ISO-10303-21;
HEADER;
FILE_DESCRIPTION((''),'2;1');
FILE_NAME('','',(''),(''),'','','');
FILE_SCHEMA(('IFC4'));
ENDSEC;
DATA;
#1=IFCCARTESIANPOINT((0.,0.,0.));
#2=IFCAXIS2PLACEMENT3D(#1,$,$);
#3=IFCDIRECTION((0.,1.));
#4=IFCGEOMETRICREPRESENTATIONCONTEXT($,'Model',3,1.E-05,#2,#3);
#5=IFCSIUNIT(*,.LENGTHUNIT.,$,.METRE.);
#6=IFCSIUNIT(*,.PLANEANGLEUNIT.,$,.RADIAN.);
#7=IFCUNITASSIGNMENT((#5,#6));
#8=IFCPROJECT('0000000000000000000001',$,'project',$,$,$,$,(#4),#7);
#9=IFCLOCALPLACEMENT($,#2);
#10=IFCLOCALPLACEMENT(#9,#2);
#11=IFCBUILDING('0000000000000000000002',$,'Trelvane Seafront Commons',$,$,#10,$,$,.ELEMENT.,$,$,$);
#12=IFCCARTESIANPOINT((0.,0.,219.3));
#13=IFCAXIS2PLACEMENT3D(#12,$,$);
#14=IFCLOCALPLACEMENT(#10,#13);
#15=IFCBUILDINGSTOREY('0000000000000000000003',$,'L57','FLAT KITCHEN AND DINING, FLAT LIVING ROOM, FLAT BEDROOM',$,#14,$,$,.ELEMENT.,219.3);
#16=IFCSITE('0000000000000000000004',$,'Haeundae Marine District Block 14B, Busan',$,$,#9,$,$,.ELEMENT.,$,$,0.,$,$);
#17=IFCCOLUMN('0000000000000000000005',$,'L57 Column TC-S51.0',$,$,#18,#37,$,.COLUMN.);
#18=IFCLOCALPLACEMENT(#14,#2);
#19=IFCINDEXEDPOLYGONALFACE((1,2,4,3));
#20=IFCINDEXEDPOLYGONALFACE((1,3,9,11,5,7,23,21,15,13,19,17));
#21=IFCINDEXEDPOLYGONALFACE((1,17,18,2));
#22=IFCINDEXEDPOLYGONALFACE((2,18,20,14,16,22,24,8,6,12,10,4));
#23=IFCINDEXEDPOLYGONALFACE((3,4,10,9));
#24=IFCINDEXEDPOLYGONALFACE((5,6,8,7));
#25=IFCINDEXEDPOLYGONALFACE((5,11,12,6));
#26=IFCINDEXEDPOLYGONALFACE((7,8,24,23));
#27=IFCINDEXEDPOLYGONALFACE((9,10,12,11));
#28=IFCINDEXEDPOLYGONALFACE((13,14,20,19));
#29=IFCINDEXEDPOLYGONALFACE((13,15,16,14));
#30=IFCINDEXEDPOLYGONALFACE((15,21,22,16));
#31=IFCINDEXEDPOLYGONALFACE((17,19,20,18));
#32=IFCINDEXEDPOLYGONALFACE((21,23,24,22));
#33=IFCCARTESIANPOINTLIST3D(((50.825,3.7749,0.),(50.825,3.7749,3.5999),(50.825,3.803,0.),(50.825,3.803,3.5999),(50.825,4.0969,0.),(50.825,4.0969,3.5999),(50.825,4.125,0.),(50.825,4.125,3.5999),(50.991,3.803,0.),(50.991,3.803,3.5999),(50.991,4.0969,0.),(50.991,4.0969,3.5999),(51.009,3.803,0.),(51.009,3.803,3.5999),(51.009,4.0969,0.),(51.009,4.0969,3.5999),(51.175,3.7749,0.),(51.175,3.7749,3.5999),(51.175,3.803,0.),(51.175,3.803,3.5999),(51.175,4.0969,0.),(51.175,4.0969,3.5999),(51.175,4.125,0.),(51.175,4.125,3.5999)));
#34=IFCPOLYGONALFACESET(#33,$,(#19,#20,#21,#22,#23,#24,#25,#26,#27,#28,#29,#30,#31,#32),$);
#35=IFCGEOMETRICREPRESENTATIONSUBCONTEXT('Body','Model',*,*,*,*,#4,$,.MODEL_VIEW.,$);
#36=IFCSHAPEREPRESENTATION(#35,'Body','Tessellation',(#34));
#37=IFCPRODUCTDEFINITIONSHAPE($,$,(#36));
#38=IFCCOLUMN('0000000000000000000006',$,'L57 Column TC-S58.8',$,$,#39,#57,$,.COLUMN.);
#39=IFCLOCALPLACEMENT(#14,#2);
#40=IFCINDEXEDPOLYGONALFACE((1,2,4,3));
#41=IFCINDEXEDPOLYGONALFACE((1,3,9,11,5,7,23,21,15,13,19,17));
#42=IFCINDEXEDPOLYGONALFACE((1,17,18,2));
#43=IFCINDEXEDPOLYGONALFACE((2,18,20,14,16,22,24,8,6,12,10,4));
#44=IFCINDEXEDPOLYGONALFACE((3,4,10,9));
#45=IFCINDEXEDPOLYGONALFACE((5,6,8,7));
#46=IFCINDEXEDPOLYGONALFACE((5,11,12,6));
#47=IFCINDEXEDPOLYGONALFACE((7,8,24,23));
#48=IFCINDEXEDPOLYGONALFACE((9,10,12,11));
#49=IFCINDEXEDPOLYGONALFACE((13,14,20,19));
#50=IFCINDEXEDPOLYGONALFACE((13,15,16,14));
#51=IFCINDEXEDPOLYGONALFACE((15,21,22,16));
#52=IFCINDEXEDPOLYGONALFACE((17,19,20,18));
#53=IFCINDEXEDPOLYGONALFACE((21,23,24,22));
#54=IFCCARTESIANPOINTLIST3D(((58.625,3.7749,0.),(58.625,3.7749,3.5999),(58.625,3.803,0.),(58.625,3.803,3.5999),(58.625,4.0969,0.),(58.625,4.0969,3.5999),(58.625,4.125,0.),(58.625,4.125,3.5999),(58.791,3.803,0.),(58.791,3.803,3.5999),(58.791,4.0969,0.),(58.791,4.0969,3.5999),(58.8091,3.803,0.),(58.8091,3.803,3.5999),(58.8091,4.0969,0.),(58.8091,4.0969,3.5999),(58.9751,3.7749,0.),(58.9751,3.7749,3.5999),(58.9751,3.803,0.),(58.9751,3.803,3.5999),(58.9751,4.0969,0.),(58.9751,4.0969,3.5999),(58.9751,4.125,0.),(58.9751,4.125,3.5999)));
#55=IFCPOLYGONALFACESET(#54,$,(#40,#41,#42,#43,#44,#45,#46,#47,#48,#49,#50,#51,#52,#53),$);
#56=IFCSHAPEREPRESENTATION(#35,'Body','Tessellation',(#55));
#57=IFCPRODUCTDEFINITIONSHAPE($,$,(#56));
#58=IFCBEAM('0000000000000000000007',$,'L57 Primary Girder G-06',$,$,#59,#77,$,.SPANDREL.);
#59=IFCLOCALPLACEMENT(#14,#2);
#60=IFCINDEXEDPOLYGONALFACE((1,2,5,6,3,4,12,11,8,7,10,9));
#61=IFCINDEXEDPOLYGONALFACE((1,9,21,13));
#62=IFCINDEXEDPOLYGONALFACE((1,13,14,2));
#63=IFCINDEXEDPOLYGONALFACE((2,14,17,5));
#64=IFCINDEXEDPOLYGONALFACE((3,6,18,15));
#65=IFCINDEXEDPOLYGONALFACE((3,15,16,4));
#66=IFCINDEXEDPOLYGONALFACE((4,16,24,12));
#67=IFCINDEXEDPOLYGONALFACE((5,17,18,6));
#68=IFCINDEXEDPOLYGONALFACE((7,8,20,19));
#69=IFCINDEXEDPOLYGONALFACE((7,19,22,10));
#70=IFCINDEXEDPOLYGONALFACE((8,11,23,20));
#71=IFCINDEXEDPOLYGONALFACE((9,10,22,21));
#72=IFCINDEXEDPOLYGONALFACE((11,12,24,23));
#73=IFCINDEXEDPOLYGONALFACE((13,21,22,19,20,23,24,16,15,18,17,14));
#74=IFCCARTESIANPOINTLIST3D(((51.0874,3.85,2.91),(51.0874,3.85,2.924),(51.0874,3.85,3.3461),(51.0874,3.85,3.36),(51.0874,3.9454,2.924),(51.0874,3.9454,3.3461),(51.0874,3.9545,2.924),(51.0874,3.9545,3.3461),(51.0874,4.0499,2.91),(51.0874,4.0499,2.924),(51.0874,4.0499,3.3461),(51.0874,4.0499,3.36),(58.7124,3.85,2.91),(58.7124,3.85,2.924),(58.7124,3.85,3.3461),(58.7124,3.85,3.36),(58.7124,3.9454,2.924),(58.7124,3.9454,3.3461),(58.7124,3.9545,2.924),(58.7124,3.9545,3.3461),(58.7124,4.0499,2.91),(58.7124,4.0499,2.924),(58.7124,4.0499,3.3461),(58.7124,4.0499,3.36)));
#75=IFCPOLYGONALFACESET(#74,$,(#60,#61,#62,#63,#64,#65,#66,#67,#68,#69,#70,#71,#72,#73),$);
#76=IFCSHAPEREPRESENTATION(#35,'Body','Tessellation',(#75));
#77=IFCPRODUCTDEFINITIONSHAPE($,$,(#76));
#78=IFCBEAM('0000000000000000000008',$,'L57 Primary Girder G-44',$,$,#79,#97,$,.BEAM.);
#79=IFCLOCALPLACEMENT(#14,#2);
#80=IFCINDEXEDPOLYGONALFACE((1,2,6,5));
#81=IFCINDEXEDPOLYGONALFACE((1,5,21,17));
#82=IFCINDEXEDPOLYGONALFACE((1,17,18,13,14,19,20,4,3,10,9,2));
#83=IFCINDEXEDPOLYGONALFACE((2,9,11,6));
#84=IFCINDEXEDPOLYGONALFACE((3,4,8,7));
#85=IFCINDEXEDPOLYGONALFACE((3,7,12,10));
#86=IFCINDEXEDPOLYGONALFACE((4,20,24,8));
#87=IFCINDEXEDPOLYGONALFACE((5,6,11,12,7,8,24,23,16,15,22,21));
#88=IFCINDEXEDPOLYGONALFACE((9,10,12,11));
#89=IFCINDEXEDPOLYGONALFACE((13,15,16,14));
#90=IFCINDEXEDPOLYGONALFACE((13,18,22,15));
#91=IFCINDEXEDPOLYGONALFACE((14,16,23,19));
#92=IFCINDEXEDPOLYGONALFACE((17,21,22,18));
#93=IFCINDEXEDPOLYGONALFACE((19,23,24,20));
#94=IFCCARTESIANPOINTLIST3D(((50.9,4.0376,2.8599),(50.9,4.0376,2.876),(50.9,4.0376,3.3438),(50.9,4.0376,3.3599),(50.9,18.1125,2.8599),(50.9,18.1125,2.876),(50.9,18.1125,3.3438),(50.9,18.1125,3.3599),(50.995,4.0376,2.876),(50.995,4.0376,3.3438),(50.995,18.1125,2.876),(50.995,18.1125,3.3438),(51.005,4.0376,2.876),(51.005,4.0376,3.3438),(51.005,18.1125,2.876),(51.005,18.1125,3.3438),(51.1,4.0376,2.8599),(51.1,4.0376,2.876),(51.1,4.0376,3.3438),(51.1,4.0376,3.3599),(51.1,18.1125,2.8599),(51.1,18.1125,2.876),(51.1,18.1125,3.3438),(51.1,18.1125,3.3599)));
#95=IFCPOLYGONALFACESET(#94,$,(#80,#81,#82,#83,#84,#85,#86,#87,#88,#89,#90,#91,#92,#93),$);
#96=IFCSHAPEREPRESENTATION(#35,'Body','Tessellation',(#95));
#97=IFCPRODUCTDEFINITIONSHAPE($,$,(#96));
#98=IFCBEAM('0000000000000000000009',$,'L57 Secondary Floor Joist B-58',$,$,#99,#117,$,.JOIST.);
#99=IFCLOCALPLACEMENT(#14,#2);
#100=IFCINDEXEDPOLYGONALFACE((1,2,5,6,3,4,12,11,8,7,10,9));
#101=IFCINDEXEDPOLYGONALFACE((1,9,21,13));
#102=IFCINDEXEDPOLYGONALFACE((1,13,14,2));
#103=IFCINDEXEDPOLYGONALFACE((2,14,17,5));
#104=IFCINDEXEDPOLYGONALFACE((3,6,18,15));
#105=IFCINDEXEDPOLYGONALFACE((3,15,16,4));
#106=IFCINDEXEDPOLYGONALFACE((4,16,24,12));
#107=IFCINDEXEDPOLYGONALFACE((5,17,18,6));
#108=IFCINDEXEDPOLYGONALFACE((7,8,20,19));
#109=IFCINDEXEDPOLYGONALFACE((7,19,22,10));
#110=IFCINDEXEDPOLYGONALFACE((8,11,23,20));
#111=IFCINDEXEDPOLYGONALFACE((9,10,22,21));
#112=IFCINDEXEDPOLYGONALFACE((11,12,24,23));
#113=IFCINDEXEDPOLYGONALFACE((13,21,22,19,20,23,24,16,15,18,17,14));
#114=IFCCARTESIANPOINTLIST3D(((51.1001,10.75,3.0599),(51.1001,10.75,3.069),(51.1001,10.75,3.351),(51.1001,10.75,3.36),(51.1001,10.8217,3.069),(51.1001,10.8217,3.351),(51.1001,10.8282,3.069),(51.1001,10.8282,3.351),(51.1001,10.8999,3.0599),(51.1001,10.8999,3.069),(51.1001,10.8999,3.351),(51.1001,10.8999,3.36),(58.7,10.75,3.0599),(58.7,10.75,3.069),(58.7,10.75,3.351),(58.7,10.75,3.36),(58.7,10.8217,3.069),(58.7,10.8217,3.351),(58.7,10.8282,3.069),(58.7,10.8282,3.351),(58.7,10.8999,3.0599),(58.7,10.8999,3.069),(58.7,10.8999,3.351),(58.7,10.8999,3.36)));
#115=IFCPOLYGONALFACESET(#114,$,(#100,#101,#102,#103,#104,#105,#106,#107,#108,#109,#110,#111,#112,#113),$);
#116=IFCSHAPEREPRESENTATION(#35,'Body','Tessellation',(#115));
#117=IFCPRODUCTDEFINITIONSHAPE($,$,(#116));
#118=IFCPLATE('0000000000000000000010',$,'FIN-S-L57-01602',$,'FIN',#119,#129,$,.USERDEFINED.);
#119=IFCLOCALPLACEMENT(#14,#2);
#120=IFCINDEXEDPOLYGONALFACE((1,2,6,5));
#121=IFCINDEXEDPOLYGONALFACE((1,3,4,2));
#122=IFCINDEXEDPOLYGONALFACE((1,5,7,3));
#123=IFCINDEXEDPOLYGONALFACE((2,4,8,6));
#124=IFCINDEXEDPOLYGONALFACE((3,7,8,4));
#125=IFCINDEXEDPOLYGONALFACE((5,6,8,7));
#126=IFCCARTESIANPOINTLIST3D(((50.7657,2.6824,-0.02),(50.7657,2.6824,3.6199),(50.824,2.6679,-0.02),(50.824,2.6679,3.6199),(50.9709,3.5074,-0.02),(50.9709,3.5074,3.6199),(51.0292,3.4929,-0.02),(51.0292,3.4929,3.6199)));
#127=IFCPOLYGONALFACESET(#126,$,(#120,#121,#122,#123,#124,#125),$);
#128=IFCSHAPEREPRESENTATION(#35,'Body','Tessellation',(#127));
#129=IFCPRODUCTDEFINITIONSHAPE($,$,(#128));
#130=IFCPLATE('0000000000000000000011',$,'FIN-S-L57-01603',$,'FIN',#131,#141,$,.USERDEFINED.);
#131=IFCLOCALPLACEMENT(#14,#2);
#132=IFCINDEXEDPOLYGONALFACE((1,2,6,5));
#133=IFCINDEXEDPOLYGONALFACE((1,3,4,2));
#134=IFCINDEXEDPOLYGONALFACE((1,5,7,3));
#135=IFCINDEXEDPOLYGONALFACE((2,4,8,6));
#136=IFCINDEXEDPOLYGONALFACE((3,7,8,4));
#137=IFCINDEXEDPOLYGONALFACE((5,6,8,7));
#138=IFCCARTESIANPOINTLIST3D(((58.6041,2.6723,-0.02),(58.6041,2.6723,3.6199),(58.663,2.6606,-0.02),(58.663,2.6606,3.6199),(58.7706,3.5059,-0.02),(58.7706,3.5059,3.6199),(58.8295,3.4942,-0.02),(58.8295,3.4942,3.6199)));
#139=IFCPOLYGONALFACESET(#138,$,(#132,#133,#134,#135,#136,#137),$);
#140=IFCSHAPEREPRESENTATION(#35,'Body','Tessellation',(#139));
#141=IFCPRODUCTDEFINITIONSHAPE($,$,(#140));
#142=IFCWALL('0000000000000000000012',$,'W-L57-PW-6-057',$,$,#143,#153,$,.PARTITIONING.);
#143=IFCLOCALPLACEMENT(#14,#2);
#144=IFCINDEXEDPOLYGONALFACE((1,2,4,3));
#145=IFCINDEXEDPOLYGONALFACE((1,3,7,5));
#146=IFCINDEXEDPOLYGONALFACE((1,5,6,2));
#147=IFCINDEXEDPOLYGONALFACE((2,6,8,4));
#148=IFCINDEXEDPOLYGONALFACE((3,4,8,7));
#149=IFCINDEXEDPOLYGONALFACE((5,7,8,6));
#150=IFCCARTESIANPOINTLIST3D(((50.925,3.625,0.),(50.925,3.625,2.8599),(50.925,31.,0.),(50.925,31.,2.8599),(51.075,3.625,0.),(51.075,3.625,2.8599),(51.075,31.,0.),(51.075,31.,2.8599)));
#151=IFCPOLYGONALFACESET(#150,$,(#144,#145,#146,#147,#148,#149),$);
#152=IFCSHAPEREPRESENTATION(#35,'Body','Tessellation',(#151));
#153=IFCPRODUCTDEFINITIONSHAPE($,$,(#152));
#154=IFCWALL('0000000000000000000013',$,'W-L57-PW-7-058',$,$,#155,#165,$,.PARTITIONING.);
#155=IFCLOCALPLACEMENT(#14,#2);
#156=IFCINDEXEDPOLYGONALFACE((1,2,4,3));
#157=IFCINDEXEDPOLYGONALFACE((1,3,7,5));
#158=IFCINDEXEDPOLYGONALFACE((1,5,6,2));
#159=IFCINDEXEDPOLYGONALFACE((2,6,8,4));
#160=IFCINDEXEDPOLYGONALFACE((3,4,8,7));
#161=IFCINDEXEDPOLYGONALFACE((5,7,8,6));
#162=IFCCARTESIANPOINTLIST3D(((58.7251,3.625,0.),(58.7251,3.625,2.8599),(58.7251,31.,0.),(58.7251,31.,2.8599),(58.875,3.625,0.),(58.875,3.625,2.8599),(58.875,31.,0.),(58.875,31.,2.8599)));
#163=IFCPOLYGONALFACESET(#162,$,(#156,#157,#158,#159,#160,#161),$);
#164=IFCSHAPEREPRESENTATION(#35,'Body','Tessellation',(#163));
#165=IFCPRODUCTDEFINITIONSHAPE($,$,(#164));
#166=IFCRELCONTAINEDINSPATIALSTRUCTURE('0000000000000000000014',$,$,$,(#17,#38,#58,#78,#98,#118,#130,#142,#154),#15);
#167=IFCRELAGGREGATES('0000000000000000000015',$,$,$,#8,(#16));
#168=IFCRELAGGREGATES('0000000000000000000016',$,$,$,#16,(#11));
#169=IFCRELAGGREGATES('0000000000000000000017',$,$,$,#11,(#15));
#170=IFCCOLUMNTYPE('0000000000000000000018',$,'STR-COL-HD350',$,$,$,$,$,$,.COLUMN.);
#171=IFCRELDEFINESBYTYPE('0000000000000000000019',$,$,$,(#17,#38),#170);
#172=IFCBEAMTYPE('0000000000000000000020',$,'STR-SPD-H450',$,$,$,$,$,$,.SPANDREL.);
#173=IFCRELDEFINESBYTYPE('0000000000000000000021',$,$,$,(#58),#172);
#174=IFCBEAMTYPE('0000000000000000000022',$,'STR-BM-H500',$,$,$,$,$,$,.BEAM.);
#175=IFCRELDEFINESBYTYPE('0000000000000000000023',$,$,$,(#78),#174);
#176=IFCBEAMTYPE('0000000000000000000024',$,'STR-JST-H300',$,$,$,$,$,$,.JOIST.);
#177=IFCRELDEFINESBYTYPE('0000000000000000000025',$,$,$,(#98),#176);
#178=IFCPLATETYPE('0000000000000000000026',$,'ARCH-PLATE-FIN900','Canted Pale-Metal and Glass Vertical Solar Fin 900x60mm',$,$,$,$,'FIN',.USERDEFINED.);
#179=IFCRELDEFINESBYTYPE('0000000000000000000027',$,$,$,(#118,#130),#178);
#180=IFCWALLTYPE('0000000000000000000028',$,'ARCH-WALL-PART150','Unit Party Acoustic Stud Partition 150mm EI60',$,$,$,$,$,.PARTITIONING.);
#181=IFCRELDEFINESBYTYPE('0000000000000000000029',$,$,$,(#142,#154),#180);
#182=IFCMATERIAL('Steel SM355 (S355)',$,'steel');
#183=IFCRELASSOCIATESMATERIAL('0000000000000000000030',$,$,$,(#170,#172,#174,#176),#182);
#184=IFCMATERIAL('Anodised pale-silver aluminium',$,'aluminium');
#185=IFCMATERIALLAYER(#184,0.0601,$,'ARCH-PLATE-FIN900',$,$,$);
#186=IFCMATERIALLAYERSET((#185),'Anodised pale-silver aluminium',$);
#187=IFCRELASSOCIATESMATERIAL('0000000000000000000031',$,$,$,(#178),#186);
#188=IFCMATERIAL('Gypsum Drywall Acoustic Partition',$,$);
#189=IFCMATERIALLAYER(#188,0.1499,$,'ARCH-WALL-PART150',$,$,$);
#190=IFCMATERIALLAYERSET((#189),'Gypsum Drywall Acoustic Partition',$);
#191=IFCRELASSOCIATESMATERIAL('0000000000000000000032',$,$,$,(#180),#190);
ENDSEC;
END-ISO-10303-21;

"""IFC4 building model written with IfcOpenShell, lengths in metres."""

from ifc_helpers import new_model, si_unit, direction, frame, frame_2d, origin, origin_2d, place, context, subcontext, project, spatial, rectangle, i_section, extrude, source, transform, mapped, material, layer, layer_set, material_profile, profile_set, type_object, element, save


model = new_model("IFC4")

# Units and contexts
model_context = context("Model", 3, precision=1e-05, world=origin(), true_north=direction((0.0, 1.0)))
body_context = subcontext(model_context, "Body", "Model", "MODEL_VIEW")
ifc_project = project(units=[si_unit("LENGTHUNIT", "METRE"), si_unit("PLANEANGLEUNIT", "RADIAN")], contexts=[model_context])

# Site, building, storey
site_placement = place(None, origin())
site = spatial("IfcSite", under=ifc_project, at=site_placement, Name="Haeundae Marine District Block 14B, Busan", CompositionType="ELEMENT", RefElevation=0.0)
building_placement = place(site_placement, origin())
building = spatial("IfcBuilding", under=site, at=building_placement, Name="Trelvane Seafront Commons", CompositionType="ELEMENT")
storey_placement = place(building_placement, frame((0.0, 0.0, 219.3)))
storey = spatial("IfcBuildingStorey", under=building, at=storey_placement, Name="L57", Description="FLAT KITCHEN AND DINING, FLAT LIVING ROOM, FLAT BEDROOM", CompositionType="ELEMENT", Elevation=219.3)

# Columns
ifc_material_1 = material(Name="Steel SM355 (S355)", Category="steel")
ifc_material_profile_1 = material_profile(ifc_material_1, i_section(OverallWidth=0.3501, OverallDepth=0.3501, WebThickness=0.0181, FlangeThickness=0.0281, at=origin_2d()), Name="HD-350x350x18x28")
ifc_profile_set_1 = profile_set([ifc_material_profile_1], Name="Steel SM355 (S355)")
column_type = type_object("IfcColumnType", Name="STR-COL-HD350", PredefinedType="COLUMN", material=ifc_profile_set_1)
shared_shape_1 = source(origin(), body_context, "Body", "SweptSolid", [
    extrude(i_section(OverallWidth=0.3501, OverallDepth=0.3501, WebThickness=0.0181, FlangeThickness=0.0281, at=origin_2d()), origin(), (0.0, 0.0, 1.0), 3.5999),
])
for number, where, z_axis, x_axis, name in (
    (1, (51.0, 3.95, 0.0), (0.0, 0.0, 1.0), (1.0, 0.0, 0.0), "L57 Column TC-S51.0"),
    (2, (58.8, 3.95, 0.0), (0.0, 0.0, 1.0), (1.0, 0.0, 0.0), "L57 Column TC-S58.8"),
):
    element("IfcColumn", number, at=place(storey_placement, frame(where, z_axis=z_axis, x_axis=x_axis)), inside=storey, type_object=column_type, Name=name, PredefinedType="COLUMN", context=body_context, shape_type="MappedRepresentation", body=[
        mapped(shared_shape_1, transform((0.0, 0.0, 0.0), x_axis=(1.0, 0.0, 0.0), y_axis=(0.0, 1.0, 0.0), z_axis=(0.0, 0.0, 1.0), scale=1.0)),
    ])

# Beams
ifc_material_profile_2 = material_profile(ifc_material_1, i_section(OverallWidth=0.2, OverallDepth=0.45, WebThickness=0.009, FlangeThickness=0.0139, at=origin_2d()), Name="H-450x200x9x14")
ifc_profile_set_2 = profile_set([ifc_material_profile_2], Name="Steel SM355 (S355)")
beam_type_1 = type_object("IfcBeamType", Name="STR-SPD-H450", PredefinedType="SPANDREL", material=ifc_profile_set_2)
shared_shape_2 = source(origin(), body_context, "Body", "SweptSolid", [
    extrude(i_section(OverallWidth=0.2, OverallDepth=0.45, WebThickness=0.009, FlangeThickness=0.0139, at=origin_2d()), origin(), (0.0, 0.0, 1.0), 7.625),
])
beam_1_placement = place(storey_placement, frame((51.0874, 3.95, 3.135), z_axis=(1.0, 0.0, 0.0), x_axis=(0.0, 1.0, 0.0)))
element("IfcBeam", 3, at=beam_1_placement, inside=storey, type_object=beam_type_1, Name="L57 Primary Girder G-06", PredefinedType="SPANDREL", context=body_context, shape_type="MappedRepresentation", body=[
    mapped(shared_shape_2, transform((0.0, 0.0, 0.0), x_axis=(1.0, 0.0, 0.0), y_axis=(0.0, 1.0, 0.0), z_axis=(0.0, 0.0, 1.0), scale=1.0)),
])
ifc_material_profile_3 = material_profile(ifc_material_1, i_section(OverallWidth=0.2, OverallDepth=0.5, WebThickness=0.01, FlangeThickness=0.0161, at=origin_2d()), Name="H-500x200x10x16")
ifc_profile_set_3 = profile_set([ifc_material_profile_3], Name="Steel SM355 (S355)")
beam_type_2 = type_object("IfcBeamType", Name="STR-BM-H500", PredefinedType="BEAM", material=ifc_profile_set_3)
shared_shape_3 = source(origin(), body_context, "Body", "SweptSolid", [
    extrude(i_section(OverallWidth=0.2, OverallDepth=0.5, WebThickness=0.01, FlangeThickness=0.0161, at=origin_2d()), origin(), (0.0, 0.0, 1.0), 14.075),
])
beam_2_placement = place(storey_placement, frame((51.0, 4.0376, 3.1099), z_axis=(0.0, 1.0, 0.0), x_axis=(-1.0, 0.0, 0.0)))
element("IfcBeam", 4, at=beam_2_placement, inside=storey, type_object=beam_type_2, Name="L57 Primary Girder G-44", PredefinedType="BEAM", context=body_context, shape_type="MappedRepresentation", body=[
    mapped(shared_shape_3, transform((0.0, 0.0, 0.0), x_axis=(1.0, 0.0, 0.0), y_axis=(0.0, 1.0, 0.0), z_axis=(0.0, 0.0, 1.0), scale=1.0)),
])
ifc_material_profile_4 = material_profile(ifc_material_1, i_section(OverallWidth=0.1499, OverallDepth=0.3, WebThickness=0.0066, FlangeThickness=0.009, at=origin_2d()), Name="H-300x150x6.5x9")
ifc_profile_set_4 = profile_set([ifc_material_profile_4], Name="Steel SM355 (S355)")
beam_type_3 = type_object("IfcBeamType", Name="STR-JST-H300", PredefinedType="JOIST", material=ifc_profile_set_4)
shared_shape_4 = source(origin(), body_context, "Body", "SweptSolid", [
    extrude(i_section(OverallWidth=0.1499, OverallDepth=0.3, WebThickness=0.0066, FlangeThickness=0.009, at=origin_2d()), origin(), (0.0, 0.0, 1.0), 7.5999),
])
beam_3_placement = place(storey_placement, frame((51.1001, 10.825, 3.21), z_axis=(1.0, 0.0, 0.0), x_axis=(0.0, 1.0, 0.0)))
element("IfcBeam", 5, at=beam_3_placement, inside=storey, type_object=beam_type_3, Name="L57 Secondary Floor Joist B-58", PredefinedType="JOIST", context=body_context, shape_type="MappedRepresentation", body=[
    mapped(shared_shape_4, transform((0.0, 0.0, 0.0), x_axis=(1.0, 0.0, 0.0), y_axis=(0.0, 1.0, 0.0), z_axis=(0.0, 0.0, 1.0), scale=1.0)),
])

# Plates
ifc_material_2 = material(Name="Anodised pale-silver aluminium", Category="aluminium")
ifc_layer_1 = layer(ifc_material_2, 0.0601, Name="ARCH-PLATE-FIN900")
ifc_layer_set_1 = layer_set([ifc_layer_1], Name="Anodised pale-silver aluminium")
plate_type = type_object("IfcPlateType", Name="ARCH-PLATE-FIN900", Description="Canted Pale-Metal and Glass Vertical Solar Fin 900x60mm", ElementType="FIN", PredefinedType="USERDEFINED", material=ifc_layer_set_1)
shared_shape_5 = source(origin(), body_context, "Body", "SweptSolid", [
    extrude(rectangle(XDim=0.8501, YDim=0.0601, at=origin_2d()), origin(), (0.0, 0.0, 1.0), 3.6399),
])
for number, where, z_axis, x_axis, name in (
    (6, (50.8975, 3.0876, -0.02), (0.0, 0.0, 1.0), (-0.2414, -0.970426, 0.0), "FIN-S-L57-01602"),
    (7, (58.7168, 3.0833, -0.02), (0.0, 0.0, 1.0), (-0.19589, -0.980626, 0.0), "FIN-S-L57-01603"),
):
    element("IfcPlate", number, at=place(storey_placement, frame(where, z_axis=z_axis, x_axis=x_axis)), inside=storey, type_object=plate_type, Name=name, ObjectType="FIN", PredefinedType="USERDEFINED", context=body_context, shape_type="MappedRepresentation", body=[
        mapped(shared_shape_5, transform((0.0, 0.0, 0.0), x_axis=(1.0, 0.0, 0.0), y_axis=(0.0, 1.0, 0.0), z_axis=(0.0, 0.0, 1.0), scale=1.0)),
    ])

# Shared definitions
ifc_material_3 = material(Name="Gypsum Drywall Acoustic Partition")

# Walls
ifc_layer_2 = layer(ifc_material_3, 0.1499, Name="ARCH-WALL-PART150")
ifc_layer_set_2 = layer_set([ifc_layer_2], Name="Gypsum Drywall Acoustic Partition")
wall_type_1 = type_object("IfcWallType", Name="ARCH-WALL-PART150", Description="Unit Party Acoustic Stud Partition 150mm EI60", PredefinedType="PARTITIONING", material=ifc_layer_set_2)
for number, where, z_axis, x_axis, name in (
    (8, (51.0, 3.625, 0.0), (0.0, 0.0, 1.0), (0.0, 1.0, 0.0), "W-L57-PW-6-057"),
    (9, (58.8, 3.625, 0.0), (0.0, 0.0, 1.0), (0.0, 1.0, 0.0), "W-L57-PW-7-058"),
):
    element("IfcWall", number, at=place(storey_placement, frame(where, z_axis=z_axis, x_axis=x_axis)), inside=storey, type_object=wall_type_1, Name=name, PredefinedType="PARTITIONING", context=body_context, shape_type="SweptSolid", body=[
        extrude(rectangle(XDim=27.375, YDim=0.1499, at=frame_2d((13.6875, 0.0))), origin(), (0.0, 0.0, 1.0), 2.8599),
    ])

save(model, "model.ifc")
